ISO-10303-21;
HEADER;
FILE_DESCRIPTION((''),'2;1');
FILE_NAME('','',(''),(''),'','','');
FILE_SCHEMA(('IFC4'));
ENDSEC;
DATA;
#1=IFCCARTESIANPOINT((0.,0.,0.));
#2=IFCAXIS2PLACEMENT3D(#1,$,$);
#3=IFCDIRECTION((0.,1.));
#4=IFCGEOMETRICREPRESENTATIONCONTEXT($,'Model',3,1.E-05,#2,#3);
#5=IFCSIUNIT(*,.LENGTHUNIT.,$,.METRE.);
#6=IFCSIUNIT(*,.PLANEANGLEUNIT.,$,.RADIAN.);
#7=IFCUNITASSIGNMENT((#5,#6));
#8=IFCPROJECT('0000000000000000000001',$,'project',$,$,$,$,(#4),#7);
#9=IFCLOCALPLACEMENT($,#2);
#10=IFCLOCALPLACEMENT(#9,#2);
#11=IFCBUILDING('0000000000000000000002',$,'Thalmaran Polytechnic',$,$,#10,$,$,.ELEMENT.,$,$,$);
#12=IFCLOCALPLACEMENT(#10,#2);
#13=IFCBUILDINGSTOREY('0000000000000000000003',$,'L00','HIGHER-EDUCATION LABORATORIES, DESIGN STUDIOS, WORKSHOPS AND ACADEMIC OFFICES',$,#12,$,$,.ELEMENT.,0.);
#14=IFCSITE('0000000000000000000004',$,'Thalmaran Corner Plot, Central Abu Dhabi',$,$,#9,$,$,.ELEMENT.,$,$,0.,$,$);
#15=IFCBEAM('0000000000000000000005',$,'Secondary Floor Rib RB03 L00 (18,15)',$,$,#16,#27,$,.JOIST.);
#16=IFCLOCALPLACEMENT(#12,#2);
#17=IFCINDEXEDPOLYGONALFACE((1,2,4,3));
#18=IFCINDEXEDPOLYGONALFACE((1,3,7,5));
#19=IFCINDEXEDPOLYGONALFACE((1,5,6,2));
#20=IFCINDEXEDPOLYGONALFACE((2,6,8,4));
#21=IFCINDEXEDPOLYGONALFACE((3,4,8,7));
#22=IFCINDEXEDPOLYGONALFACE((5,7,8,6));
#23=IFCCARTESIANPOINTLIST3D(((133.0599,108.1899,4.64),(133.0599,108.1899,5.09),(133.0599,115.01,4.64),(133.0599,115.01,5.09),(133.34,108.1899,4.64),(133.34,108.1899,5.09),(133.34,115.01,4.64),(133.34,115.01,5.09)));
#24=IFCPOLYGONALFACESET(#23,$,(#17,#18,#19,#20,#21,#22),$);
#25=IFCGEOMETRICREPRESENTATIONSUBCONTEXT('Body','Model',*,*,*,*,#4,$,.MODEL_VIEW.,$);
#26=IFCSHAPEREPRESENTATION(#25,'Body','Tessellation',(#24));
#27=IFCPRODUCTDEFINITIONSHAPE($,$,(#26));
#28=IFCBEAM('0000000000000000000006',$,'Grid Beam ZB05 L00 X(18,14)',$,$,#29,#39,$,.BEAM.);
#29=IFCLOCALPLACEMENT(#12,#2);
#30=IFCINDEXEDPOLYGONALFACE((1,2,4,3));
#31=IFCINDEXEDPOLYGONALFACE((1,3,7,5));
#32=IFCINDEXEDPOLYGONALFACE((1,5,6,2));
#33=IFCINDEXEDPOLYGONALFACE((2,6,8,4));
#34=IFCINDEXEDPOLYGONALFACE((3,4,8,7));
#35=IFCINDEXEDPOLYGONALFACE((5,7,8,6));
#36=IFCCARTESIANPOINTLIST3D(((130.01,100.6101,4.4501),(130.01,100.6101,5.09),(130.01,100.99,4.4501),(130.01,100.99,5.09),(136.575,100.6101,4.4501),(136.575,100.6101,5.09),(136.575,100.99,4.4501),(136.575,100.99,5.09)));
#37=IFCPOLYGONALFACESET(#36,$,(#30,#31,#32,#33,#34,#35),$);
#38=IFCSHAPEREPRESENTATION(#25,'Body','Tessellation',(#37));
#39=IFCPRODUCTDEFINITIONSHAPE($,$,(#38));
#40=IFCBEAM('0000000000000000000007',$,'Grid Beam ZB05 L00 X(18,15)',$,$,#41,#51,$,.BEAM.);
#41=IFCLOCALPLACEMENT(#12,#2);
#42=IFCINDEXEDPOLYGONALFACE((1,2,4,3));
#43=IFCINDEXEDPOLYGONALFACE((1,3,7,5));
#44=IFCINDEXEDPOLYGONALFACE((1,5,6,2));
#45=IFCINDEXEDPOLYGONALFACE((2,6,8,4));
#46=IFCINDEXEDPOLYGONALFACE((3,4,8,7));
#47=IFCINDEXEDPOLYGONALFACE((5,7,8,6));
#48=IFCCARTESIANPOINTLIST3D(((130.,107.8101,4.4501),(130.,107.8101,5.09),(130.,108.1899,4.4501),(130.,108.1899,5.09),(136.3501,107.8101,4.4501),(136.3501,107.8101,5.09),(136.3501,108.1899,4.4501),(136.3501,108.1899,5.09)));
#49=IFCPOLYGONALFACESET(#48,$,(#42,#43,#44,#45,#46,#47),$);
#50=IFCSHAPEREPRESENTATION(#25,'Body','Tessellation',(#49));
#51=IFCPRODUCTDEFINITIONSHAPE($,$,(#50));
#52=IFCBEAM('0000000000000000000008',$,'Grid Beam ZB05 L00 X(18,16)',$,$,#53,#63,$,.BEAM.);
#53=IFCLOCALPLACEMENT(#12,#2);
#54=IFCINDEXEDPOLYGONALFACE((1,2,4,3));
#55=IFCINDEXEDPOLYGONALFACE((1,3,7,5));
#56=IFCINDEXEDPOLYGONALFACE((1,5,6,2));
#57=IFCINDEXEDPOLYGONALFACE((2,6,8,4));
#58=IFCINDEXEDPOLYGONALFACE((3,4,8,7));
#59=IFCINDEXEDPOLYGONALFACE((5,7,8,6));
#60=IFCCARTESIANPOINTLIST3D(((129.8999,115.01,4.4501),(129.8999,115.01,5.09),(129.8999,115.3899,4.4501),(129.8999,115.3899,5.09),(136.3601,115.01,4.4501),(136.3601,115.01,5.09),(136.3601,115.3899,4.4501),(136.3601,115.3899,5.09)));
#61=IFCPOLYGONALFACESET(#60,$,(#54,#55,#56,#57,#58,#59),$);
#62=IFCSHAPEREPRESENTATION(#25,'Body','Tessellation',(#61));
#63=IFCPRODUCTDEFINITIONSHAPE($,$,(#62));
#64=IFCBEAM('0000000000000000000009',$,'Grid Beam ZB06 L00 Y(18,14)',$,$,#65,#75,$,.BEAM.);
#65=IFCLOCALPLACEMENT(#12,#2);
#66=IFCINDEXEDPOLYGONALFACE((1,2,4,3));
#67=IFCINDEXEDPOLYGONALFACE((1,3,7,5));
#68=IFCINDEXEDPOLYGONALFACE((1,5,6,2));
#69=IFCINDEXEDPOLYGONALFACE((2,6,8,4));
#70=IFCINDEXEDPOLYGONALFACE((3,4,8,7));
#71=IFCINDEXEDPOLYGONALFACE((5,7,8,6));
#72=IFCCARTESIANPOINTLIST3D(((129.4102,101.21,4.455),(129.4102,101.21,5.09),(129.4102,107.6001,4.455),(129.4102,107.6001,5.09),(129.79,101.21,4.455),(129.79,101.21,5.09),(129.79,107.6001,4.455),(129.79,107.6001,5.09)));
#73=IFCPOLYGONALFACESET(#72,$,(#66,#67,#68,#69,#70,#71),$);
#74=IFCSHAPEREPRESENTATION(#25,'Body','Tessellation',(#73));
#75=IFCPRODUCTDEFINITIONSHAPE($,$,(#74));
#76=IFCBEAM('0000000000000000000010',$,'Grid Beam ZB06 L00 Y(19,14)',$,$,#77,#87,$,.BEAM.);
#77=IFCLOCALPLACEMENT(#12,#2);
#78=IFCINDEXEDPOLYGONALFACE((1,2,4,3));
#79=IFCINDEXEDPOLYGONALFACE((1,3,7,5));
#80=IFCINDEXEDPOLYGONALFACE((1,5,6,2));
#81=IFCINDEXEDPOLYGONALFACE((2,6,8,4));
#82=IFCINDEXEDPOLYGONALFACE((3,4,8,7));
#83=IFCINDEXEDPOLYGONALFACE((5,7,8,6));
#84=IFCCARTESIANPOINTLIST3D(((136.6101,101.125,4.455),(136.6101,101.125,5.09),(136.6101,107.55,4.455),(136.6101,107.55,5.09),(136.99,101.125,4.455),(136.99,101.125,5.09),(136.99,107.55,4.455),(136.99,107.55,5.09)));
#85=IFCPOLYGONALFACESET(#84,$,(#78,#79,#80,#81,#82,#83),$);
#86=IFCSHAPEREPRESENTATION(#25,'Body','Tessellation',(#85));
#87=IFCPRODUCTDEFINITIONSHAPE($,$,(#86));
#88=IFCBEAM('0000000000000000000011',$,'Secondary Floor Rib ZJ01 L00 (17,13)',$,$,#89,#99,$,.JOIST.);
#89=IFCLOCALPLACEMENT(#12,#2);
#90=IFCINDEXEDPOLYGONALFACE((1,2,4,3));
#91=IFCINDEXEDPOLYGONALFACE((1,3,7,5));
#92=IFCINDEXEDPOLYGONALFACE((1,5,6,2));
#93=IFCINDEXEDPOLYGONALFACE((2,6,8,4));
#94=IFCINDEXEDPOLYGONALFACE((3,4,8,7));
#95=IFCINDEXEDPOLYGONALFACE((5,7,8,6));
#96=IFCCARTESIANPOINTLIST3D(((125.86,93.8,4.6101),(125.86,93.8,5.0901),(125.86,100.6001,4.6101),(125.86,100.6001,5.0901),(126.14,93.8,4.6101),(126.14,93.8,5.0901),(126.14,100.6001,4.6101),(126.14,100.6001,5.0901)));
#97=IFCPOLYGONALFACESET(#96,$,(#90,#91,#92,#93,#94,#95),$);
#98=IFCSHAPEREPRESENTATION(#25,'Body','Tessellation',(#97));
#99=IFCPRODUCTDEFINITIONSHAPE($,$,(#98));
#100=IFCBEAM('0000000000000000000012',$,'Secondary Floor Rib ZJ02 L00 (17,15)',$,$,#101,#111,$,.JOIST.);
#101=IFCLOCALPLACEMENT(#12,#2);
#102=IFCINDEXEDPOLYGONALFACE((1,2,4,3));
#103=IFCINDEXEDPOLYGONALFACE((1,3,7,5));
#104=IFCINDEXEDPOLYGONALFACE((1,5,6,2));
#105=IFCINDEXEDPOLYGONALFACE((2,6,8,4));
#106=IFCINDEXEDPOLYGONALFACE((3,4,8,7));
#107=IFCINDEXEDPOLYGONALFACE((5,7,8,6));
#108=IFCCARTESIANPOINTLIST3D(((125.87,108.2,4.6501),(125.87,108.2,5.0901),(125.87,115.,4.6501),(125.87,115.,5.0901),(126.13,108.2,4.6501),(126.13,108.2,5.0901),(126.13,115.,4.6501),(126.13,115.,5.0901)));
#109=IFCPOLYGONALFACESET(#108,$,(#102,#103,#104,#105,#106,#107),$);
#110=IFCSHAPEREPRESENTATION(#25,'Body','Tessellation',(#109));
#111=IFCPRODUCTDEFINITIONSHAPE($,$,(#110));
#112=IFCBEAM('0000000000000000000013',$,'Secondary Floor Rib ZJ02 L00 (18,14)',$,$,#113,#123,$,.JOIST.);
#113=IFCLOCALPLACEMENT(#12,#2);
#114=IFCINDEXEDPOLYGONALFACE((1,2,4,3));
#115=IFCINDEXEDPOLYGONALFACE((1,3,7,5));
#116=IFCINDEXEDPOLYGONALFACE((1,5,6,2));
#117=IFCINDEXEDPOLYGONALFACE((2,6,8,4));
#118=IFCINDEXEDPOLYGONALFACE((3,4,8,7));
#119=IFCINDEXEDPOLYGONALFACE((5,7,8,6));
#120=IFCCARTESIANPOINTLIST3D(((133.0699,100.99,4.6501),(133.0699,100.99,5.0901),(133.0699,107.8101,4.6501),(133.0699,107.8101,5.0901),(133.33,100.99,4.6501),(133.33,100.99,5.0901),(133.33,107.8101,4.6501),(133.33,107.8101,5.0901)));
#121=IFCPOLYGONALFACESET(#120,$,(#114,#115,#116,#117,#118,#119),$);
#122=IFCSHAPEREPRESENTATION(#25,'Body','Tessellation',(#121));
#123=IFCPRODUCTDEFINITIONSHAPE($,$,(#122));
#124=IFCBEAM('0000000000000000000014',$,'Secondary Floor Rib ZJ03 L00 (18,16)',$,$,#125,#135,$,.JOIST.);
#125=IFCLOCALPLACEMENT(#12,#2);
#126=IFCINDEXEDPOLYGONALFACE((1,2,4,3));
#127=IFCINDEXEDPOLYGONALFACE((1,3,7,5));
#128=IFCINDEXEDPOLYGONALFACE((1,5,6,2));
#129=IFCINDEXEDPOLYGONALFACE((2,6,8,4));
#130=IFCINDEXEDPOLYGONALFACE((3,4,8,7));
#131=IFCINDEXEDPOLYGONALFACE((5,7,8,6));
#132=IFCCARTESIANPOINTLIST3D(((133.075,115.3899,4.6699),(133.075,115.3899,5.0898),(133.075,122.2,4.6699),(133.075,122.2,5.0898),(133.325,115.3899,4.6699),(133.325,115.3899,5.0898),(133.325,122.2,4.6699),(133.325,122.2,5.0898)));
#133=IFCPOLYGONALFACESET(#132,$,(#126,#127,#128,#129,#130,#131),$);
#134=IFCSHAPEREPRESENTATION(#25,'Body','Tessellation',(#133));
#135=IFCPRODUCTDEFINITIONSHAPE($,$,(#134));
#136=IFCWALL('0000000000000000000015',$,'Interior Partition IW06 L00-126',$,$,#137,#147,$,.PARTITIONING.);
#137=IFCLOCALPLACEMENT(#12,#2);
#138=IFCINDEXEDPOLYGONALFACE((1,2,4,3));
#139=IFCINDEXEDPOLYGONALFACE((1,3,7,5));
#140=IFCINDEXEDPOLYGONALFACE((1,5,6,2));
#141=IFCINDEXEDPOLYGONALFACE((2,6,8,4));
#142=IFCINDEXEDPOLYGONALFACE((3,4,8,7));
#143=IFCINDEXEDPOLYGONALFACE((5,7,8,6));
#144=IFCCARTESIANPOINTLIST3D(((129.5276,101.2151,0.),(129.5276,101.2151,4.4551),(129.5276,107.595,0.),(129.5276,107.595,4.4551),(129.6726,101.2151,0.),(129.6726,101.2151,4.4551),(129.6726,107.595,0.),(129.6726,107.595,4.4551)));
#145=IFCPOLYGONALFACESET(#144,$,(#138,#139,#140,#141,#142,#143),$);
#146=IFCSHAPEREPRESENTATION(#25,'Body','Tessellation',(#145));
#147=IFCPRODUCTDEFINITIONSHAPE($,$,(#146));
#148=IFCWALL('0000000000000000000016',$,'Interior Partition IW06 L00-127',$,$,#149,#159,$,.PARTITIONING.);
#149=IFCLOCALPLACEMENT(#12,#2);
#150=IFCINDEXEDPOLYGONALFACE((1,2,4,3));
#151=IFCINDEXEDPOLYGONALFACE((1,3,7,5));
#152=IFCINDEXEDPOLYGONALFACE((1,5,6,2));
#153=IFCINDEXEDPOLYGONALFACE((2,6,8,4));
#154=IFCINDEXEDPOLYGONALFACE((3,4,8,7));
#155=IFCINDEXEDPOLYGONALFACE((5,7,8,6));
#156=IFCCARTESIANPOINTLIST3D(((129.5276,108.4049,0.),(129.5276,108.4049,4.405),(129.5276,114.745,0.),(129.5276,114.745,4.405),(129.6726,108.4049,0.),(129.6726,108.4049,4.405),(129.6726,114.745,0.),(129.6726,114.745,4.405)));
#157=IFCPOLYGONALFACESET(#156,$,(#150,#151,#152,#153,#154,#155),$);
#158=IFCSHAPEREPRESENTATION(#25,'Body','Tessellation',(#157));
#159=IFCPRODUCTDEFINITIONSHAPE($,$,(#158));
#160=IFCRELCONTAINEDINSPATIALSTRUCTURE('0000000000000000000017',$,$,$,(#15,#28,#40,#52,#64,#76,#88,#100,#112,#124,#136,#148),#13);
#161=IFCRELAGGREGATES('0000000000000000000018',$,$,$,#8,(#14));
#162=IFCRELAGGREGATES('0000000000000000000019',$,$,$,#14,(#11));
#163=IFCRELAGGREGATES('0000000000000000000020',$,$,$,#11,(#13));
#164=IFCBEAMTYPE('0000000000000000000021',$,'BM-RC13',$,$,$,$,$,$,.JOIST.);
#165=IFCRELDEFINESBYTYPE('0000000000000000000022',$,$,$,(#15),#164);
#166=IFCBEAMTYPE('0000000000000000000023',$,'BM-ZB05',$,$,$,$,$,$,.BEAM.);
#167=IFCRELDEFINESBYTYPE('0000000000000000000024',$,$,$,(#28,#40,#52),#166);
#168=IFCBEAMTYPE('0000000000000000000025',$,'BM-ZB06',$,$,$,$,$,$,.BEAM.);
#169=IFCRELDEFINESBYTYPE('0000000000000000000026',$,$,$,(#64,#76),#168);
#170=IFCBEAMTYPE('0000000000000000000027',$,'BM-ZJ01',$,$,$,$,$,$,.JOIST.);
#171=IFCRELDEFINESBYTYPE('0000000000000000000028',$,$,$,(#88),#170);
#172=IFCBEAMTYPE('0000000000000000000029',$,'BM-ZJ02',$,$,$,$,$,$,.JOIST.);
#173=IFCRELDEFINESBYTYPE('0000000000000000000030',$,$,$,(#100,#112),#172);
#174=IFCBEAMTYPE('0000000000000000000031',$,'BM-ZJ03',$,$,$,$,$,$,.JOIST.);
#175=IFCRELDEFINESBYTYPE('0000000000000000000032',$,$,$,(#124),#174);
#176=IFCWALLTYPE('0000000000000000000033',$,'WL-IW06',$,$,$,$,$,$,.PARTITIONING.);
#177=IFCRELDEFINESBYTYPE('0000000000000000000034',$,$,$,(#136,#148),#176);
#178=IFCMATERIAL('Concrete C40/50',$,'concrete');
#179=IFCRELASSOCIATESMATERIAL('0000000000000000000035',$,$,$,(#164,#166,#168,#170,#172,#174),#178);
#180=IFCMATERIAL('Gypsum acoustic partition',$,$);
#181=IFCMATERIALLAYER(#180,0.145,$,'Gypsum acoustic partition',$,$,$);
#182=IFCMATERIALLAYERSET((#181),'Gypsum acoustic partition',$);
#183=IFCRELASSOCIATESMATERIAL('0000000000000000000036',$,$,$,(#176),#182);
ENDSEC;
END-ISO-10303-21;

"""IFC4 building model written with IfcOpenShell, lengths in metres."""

from ifc_helpers import new_model, si_unit, direction, frame, frame_2d, origin, origin_2d, place, context, subcontext, project, spatial, rectangle, extrude, material, layer, layer_set, material_profile, profile_set, type_object, element, save


model = new_model("IFC4")

# Units and contexts
model_context = context("Model", 3, precision=1e-05, world=origin(), true_north=direction((0.0, 1.0)))
body_context = subcontext(model_context, "Body", "Model", "MODEL_VIEW")
ifc_project = project(units=[si_unit("LENGTHUNIT", "METRE"), si_unit("PLANEANGLEUNIT", "RADIAN")], contexts=[model_context])

# Site, building, storey
site_placement = place(None, origin())
site = spatial("IfcSite", under=ifc_project, at=site_placement, Name="Thalmaran Corner Plot, Central Abu Dhabi", CompositionType="ELEMENT", RefElevation=0.0)
building_placement = place(site_placement, origin())
building = spatial("IfcBuilding", under=site, at=building_placement, Name="Thalmaran Polytechnic", CompositionType="ELEMENT")
storey_placement = place(building_placement, origin())
storey = spatial("IfcBuildingStorey", under=building, at=storey_placement, Name="L00", Description="HIGHER-EDUCATION LABORATORIES, DESIGN STUDIOS, WORKSHOPS AND ACADEMIC OFFICES", CompositionType="ELEMENT", Elevation=0.0)

# Shared definitions
ifc_material_1 = material(Name="Concrete C40/50", Category="concrete")

# Beams
ifc_material_profile_1 = material_profile(ifc_material_1, rectangle(XDim=0.28, YDim=0.45, at=origin_2d()), Name="RC 280x450")
ifc_profile_set_1 = profile_set([ifc_material_profile_1], Name="Concrete C40/50")
beam_type_1 = type_object("IfcBeamType", Name="BM-RC13", PredefinedType="JOIST", material=ifc_profile_set_1)
beam_1_placement = place(storey_placement, frame((133.2, 108.1899, 4.865), z_axis=(0.0, 1.0, 0.0), x_axis=(-1.0, 0.0, 0.0)))
element("IfcBeam", 1, at=beam_1_placement, inside=storey, type_object=beam_type_1, Name="Secondary Floor Rib RB03 L00 (18,15)", PredefinedType="JOIST", context=body_context, shape_type="SweptSolid", body=[
    extrude(rectangle(XDim=0.28, YDim=0.45, at=origin_2d()), origin(), (0.0, 0.0, 1.0), 6.8201),
])
ifc_material_profile_2 = material_profile(ifc_material_1, rectangle(XDim=0.3799, YDim=0.6399, at=origin_2d()), Name="RC 380x640")
ifc_profile_set_2 = profile_set([ifc_material_profile_2], Name="Concrete C40/50")
beam_type_2 = type_object("IfcBeamType", Name="BM-ZB05", PredefinedType="BEAM", material=ifc_profile_set_2)
beam_2_placement = place(storey_placement, frame((130.01, 100.8, 4.77), z_axis=(1.0, 0.0, 0.0), x_axis=(0.0, 1.0, 0.0)))
element("IfcBeam", 2, at=beam_2_placement, inside=storey, type_object=beam_type_2, Name="Grid Beam ZB05 L00 X(18,14)", PredefinedType="BEAM", context=body_context, shape_type="SweptSolid", body=[
    extrude(rectangle(XDim=0.3799, YDim=0.6399, at=origin_2d()), origin(), (0.0, 0.0, 1.0), 6.5649),
])
beam_3_placement = place(storey_placement, frame((130.0, 108.0, 4.77), z_axis=(1.0, 0.0, 0.0), x_axis=(0.0, 1.0, 0.0)))
element("IfcBeam", 3, at=beam_3_placement, inside=storey, type_object=beam_type_2, Name="Grid Beam ZB05 L00 X(18,15)", PredefinedType="BEAM", context=body_context, shape_type="SweptSolid", body=[
    extrude(rectangle(XDim=0.3799, YDim=0.6399, at=origin_2d()), origin(), (0.0, 0.0, 1.0), 6.3501),
])
beam_4_placement = place(storey_placement, frame((129.8999, 115.2, 4.77), z_axis=(1.0, 0.0, 0.0), x_axis=(0.0, 1.0, 0.0)))
element("IfcBeam", 4, at=beam_4_placement, inside=storey, type_object=beam_type_2, Name="Grid Beam ZB05 L00 X(18,16)", PredefinedType="BEAM", context=body_context, shape_type="SweptSolid", body=[
    extrude(rectangle(XDim=0.3799, YDim=0.6399, at=origin_2d()), origin(), (0.0, 0.0, 1.0), 6.4602),
])
ifc_material_profile_3 = material_profile(ifc_material_1, rectangle(XDim=0.3799, YDim=0.635, at=origin_2d()), Name="RC 380x635")
ifc_profile_set_3 = profile_set([ifc_material_profile_3], Name="Concrete C40/50")
beam_type_3 = type_object("IfcBeamType", Name="BM-ZB06", PredefinedType="BEAM", material=ifc_profile_set_3)
beam_5_placement = place(storey_placement, frame((129.6001, 101.21, 4.7725), z_axis=(0.0, 1.0, 0.0), x_axis=(-1.0, 0.0, 0.0)))
element("IfcBeam", 5, at=beam_5_placement, inside=storey, type_object=beam_type_3, Name="Grid Beam ZB06 L00 Y(18,14)", PredefinedType="BEAM", context=body_context, shape_type="SweptSolid", body=[
    extrude(rectangle(XDim=0.3799, YDim=0.635, at=origin_2d()), origin(), (0.0, 0.0, 1.0), 6.3901),
])
beam_6_placement = place(storey_placement, frame((136.8, 101.125, 4.7725), z_axis=(0.0, 1.0, 0.0), x_axis=(-1.0, 0.0, 0.0)))
element("IfcBeam", 6, at=beam_6_placement, inside=storey, type_object=beam_type_3, Name="Grid Beam ZB06 L00 Y(19,14)", PredefinedType="BEAM", context=body_context, shape_type="SweptSolid", body=[
    extrude(rectangle(XDim=0.3799, YDim=0.635, at=origin_2d()), origin(), (0.0, 0.0, 1.0), 6.425),
])
ifc_material_profile_4 = material_profile(ifc_material_1, rectangle(XDim=0.28, YDim=0.48, at=origin_2d()), Name="RC 280x480")
ifc_profile_set_4 = profile_set([ifc_material_profile_4], Name="Concrete C40/50")
beam_type_4 = type_object("IfcBeamType", Name="BM-ZJ01", PredefinedType="JOIST", material=ifc_profile_set_4)
beam_7_placement = place(storey_placement, frame((126.0, 93.8, 4.8501), z_axis=(0.0, 1.0, 0.0), x_axis=(-1.0, 0.0, 0.0)))
element("IfcBeam", 7, at=beam_7_placement, inside=storey, type_object=beam_type_4, Name="Secondary Floor Rib ZJ01 L00 (17,13)", PredefinedType="JOIST", context=body_context, shape_type="SweptSolid", body=[
    extrude(rectangle(XDim=0.28, YDim=0.48, at=origin_2d()), origin(), (0.0, 0.0, 1.0), 6.8),
])
ifc_material_profile_5 = material_profile(ifc_material_1, rectangle(XDim=0.26, YDim=0.4399, at=origin_2d()), Name="RC 260x440")
ifc_profile_set_5 = profile_set([ifc_material_profile_5], Name="Concrete C40/50")
beam_type_5 = type_object("IfcBeamType", Name="BM-ZJ02", PredefinedType="JOIST", material=ifc_profile_set_5)
beam_8_placement = place(storey_placement, frame((126.0, 108.2, 4.8701), z_axis=(0.0, 1.0, 0.0), x_axis=(-1.0, 0.0, 0.0)))
element("IfcBeam", 8, at=beam_8_placement, inside=storey, type_object=beam_type_5, Name="Secondary Floor Rib ZJ02 L00 (17,15)", PredefinedType="JOIST", context=body_context, shape_type="SweptSolid", body=[
    extrude(rectangle(XDim=0.26, YDim=0.4399, at=origin_2d()), origin(), (0.0, 0.0, 1.0), 6.8),
])
beam_9_placement = place(storey_placement, frame((133.2, 100.99, 4.8701), z_axis=(0.0, 1.0, 0.0), x_axis=(-1.0, 0.0, 0.0)))
element("IfcBeam", 9, at=beam_9_placement, inside=storey, type_object=beam_type_5, Name="Secondary Floor Rib ZJ02 L00 (18,14)", PredefinedType="JOIST", context=body_context, shape_type="SweptSolid", body=[
    extrude(rectangle(XDim=0.26, YDim=0.4399, at=origin_2d()), origin(), (0.0, 0.0, 1.0), 6.8201),
])
ifc_material_profile_6 = material_profile(ifc_material_1, rectangle(XDim=0.25, YDim=0.4199, at=origin_2d()), Name="RC 250x420")
ifc_profile_set_6 = profile_set([ifc_material_profile_6], Name="Concrete C40/50")
beam_type_6 = type_object("IfcBeamType", Name="BM-ZJ03", PredefinedType="JOIST", material=ifc_profile_set_6)
beam_10_placement = place(storey_placement, frame((133.2, 115.3899, 4.8799), z_axis=(0.0, 1.0, 0.0), x_axis=(-1.0, 0.0, 0.0)))
element("IfcBeam", 10, at=beam_10_placement, inside=storey, type_object=beam_type_6, Name="Secondary Floor Rib ZJ03 L00 (18,16)", PredefinedType="JOIST", context=body_context, shape_type="SweptSolid", body=[
    extrude(rectangle(XDim=0.25, YDim=0.4199, at=origin_2d()), origin(), (0.0, 0.0, 1.0), 6.8101),
])

# Walls
ifc_material_2 = material(Name="Gypsum acoustic partition")
ifc_layer = layer(ifc_material_2, 0.145, Name="Gypsum acoustic partition")
ifc_layer_set = layer_set([ifc_layer], Name="Gypsum acoustic partition")
wall_type = type_object("IfcWallType", Name="WL-IW06", PredefinedType="PARTITIONING", material=ifc_layer_set)
wall_1_placement = place(storey_placement, frame((129.6001, 101.2151, 0.0), z_axis=(0.0, 0.0, 1.0), x_axis=(0.0, 1.0, 0.0)))
element("IfcWall", 11, at=wall_1_placement, inside=storey, type_object=wall_type, Name="Interior Partition IW06 L00-126", PredefinedType="PARTITIONING", context=body_context, shape_type="SweptSolid", body=[
    extrude(rectangle(XDim=6.3799, YDim=0.145, at=frame_2d((3.1899, 0.0))), origin(), (0.0, 0.0, 1.0), 4.4551),
])
wall_2_placement = place(storey_placement, frame((129.6001, 108.405, 0.0), z_axis=(0.0, 0.0, 1.0), x_axis=(0.0, 1.0, 0.0)))
element("IfcWall", 12, at=wall_2_placement, inside=storey, type_object=wall_type, Name="Interior Partition IW06 L00-127", PredefinedType="PARTITIONING", context=body_context, shape_type="SweptSolid", body=[
    extrude(rectangle(XDim=6.3401, YDim=0.145, at=frame_2d((3.1699, 0.0))), origin(), (0.0, 0.0, 1.0), 4.405),
])

save(model, "model.ifc")
